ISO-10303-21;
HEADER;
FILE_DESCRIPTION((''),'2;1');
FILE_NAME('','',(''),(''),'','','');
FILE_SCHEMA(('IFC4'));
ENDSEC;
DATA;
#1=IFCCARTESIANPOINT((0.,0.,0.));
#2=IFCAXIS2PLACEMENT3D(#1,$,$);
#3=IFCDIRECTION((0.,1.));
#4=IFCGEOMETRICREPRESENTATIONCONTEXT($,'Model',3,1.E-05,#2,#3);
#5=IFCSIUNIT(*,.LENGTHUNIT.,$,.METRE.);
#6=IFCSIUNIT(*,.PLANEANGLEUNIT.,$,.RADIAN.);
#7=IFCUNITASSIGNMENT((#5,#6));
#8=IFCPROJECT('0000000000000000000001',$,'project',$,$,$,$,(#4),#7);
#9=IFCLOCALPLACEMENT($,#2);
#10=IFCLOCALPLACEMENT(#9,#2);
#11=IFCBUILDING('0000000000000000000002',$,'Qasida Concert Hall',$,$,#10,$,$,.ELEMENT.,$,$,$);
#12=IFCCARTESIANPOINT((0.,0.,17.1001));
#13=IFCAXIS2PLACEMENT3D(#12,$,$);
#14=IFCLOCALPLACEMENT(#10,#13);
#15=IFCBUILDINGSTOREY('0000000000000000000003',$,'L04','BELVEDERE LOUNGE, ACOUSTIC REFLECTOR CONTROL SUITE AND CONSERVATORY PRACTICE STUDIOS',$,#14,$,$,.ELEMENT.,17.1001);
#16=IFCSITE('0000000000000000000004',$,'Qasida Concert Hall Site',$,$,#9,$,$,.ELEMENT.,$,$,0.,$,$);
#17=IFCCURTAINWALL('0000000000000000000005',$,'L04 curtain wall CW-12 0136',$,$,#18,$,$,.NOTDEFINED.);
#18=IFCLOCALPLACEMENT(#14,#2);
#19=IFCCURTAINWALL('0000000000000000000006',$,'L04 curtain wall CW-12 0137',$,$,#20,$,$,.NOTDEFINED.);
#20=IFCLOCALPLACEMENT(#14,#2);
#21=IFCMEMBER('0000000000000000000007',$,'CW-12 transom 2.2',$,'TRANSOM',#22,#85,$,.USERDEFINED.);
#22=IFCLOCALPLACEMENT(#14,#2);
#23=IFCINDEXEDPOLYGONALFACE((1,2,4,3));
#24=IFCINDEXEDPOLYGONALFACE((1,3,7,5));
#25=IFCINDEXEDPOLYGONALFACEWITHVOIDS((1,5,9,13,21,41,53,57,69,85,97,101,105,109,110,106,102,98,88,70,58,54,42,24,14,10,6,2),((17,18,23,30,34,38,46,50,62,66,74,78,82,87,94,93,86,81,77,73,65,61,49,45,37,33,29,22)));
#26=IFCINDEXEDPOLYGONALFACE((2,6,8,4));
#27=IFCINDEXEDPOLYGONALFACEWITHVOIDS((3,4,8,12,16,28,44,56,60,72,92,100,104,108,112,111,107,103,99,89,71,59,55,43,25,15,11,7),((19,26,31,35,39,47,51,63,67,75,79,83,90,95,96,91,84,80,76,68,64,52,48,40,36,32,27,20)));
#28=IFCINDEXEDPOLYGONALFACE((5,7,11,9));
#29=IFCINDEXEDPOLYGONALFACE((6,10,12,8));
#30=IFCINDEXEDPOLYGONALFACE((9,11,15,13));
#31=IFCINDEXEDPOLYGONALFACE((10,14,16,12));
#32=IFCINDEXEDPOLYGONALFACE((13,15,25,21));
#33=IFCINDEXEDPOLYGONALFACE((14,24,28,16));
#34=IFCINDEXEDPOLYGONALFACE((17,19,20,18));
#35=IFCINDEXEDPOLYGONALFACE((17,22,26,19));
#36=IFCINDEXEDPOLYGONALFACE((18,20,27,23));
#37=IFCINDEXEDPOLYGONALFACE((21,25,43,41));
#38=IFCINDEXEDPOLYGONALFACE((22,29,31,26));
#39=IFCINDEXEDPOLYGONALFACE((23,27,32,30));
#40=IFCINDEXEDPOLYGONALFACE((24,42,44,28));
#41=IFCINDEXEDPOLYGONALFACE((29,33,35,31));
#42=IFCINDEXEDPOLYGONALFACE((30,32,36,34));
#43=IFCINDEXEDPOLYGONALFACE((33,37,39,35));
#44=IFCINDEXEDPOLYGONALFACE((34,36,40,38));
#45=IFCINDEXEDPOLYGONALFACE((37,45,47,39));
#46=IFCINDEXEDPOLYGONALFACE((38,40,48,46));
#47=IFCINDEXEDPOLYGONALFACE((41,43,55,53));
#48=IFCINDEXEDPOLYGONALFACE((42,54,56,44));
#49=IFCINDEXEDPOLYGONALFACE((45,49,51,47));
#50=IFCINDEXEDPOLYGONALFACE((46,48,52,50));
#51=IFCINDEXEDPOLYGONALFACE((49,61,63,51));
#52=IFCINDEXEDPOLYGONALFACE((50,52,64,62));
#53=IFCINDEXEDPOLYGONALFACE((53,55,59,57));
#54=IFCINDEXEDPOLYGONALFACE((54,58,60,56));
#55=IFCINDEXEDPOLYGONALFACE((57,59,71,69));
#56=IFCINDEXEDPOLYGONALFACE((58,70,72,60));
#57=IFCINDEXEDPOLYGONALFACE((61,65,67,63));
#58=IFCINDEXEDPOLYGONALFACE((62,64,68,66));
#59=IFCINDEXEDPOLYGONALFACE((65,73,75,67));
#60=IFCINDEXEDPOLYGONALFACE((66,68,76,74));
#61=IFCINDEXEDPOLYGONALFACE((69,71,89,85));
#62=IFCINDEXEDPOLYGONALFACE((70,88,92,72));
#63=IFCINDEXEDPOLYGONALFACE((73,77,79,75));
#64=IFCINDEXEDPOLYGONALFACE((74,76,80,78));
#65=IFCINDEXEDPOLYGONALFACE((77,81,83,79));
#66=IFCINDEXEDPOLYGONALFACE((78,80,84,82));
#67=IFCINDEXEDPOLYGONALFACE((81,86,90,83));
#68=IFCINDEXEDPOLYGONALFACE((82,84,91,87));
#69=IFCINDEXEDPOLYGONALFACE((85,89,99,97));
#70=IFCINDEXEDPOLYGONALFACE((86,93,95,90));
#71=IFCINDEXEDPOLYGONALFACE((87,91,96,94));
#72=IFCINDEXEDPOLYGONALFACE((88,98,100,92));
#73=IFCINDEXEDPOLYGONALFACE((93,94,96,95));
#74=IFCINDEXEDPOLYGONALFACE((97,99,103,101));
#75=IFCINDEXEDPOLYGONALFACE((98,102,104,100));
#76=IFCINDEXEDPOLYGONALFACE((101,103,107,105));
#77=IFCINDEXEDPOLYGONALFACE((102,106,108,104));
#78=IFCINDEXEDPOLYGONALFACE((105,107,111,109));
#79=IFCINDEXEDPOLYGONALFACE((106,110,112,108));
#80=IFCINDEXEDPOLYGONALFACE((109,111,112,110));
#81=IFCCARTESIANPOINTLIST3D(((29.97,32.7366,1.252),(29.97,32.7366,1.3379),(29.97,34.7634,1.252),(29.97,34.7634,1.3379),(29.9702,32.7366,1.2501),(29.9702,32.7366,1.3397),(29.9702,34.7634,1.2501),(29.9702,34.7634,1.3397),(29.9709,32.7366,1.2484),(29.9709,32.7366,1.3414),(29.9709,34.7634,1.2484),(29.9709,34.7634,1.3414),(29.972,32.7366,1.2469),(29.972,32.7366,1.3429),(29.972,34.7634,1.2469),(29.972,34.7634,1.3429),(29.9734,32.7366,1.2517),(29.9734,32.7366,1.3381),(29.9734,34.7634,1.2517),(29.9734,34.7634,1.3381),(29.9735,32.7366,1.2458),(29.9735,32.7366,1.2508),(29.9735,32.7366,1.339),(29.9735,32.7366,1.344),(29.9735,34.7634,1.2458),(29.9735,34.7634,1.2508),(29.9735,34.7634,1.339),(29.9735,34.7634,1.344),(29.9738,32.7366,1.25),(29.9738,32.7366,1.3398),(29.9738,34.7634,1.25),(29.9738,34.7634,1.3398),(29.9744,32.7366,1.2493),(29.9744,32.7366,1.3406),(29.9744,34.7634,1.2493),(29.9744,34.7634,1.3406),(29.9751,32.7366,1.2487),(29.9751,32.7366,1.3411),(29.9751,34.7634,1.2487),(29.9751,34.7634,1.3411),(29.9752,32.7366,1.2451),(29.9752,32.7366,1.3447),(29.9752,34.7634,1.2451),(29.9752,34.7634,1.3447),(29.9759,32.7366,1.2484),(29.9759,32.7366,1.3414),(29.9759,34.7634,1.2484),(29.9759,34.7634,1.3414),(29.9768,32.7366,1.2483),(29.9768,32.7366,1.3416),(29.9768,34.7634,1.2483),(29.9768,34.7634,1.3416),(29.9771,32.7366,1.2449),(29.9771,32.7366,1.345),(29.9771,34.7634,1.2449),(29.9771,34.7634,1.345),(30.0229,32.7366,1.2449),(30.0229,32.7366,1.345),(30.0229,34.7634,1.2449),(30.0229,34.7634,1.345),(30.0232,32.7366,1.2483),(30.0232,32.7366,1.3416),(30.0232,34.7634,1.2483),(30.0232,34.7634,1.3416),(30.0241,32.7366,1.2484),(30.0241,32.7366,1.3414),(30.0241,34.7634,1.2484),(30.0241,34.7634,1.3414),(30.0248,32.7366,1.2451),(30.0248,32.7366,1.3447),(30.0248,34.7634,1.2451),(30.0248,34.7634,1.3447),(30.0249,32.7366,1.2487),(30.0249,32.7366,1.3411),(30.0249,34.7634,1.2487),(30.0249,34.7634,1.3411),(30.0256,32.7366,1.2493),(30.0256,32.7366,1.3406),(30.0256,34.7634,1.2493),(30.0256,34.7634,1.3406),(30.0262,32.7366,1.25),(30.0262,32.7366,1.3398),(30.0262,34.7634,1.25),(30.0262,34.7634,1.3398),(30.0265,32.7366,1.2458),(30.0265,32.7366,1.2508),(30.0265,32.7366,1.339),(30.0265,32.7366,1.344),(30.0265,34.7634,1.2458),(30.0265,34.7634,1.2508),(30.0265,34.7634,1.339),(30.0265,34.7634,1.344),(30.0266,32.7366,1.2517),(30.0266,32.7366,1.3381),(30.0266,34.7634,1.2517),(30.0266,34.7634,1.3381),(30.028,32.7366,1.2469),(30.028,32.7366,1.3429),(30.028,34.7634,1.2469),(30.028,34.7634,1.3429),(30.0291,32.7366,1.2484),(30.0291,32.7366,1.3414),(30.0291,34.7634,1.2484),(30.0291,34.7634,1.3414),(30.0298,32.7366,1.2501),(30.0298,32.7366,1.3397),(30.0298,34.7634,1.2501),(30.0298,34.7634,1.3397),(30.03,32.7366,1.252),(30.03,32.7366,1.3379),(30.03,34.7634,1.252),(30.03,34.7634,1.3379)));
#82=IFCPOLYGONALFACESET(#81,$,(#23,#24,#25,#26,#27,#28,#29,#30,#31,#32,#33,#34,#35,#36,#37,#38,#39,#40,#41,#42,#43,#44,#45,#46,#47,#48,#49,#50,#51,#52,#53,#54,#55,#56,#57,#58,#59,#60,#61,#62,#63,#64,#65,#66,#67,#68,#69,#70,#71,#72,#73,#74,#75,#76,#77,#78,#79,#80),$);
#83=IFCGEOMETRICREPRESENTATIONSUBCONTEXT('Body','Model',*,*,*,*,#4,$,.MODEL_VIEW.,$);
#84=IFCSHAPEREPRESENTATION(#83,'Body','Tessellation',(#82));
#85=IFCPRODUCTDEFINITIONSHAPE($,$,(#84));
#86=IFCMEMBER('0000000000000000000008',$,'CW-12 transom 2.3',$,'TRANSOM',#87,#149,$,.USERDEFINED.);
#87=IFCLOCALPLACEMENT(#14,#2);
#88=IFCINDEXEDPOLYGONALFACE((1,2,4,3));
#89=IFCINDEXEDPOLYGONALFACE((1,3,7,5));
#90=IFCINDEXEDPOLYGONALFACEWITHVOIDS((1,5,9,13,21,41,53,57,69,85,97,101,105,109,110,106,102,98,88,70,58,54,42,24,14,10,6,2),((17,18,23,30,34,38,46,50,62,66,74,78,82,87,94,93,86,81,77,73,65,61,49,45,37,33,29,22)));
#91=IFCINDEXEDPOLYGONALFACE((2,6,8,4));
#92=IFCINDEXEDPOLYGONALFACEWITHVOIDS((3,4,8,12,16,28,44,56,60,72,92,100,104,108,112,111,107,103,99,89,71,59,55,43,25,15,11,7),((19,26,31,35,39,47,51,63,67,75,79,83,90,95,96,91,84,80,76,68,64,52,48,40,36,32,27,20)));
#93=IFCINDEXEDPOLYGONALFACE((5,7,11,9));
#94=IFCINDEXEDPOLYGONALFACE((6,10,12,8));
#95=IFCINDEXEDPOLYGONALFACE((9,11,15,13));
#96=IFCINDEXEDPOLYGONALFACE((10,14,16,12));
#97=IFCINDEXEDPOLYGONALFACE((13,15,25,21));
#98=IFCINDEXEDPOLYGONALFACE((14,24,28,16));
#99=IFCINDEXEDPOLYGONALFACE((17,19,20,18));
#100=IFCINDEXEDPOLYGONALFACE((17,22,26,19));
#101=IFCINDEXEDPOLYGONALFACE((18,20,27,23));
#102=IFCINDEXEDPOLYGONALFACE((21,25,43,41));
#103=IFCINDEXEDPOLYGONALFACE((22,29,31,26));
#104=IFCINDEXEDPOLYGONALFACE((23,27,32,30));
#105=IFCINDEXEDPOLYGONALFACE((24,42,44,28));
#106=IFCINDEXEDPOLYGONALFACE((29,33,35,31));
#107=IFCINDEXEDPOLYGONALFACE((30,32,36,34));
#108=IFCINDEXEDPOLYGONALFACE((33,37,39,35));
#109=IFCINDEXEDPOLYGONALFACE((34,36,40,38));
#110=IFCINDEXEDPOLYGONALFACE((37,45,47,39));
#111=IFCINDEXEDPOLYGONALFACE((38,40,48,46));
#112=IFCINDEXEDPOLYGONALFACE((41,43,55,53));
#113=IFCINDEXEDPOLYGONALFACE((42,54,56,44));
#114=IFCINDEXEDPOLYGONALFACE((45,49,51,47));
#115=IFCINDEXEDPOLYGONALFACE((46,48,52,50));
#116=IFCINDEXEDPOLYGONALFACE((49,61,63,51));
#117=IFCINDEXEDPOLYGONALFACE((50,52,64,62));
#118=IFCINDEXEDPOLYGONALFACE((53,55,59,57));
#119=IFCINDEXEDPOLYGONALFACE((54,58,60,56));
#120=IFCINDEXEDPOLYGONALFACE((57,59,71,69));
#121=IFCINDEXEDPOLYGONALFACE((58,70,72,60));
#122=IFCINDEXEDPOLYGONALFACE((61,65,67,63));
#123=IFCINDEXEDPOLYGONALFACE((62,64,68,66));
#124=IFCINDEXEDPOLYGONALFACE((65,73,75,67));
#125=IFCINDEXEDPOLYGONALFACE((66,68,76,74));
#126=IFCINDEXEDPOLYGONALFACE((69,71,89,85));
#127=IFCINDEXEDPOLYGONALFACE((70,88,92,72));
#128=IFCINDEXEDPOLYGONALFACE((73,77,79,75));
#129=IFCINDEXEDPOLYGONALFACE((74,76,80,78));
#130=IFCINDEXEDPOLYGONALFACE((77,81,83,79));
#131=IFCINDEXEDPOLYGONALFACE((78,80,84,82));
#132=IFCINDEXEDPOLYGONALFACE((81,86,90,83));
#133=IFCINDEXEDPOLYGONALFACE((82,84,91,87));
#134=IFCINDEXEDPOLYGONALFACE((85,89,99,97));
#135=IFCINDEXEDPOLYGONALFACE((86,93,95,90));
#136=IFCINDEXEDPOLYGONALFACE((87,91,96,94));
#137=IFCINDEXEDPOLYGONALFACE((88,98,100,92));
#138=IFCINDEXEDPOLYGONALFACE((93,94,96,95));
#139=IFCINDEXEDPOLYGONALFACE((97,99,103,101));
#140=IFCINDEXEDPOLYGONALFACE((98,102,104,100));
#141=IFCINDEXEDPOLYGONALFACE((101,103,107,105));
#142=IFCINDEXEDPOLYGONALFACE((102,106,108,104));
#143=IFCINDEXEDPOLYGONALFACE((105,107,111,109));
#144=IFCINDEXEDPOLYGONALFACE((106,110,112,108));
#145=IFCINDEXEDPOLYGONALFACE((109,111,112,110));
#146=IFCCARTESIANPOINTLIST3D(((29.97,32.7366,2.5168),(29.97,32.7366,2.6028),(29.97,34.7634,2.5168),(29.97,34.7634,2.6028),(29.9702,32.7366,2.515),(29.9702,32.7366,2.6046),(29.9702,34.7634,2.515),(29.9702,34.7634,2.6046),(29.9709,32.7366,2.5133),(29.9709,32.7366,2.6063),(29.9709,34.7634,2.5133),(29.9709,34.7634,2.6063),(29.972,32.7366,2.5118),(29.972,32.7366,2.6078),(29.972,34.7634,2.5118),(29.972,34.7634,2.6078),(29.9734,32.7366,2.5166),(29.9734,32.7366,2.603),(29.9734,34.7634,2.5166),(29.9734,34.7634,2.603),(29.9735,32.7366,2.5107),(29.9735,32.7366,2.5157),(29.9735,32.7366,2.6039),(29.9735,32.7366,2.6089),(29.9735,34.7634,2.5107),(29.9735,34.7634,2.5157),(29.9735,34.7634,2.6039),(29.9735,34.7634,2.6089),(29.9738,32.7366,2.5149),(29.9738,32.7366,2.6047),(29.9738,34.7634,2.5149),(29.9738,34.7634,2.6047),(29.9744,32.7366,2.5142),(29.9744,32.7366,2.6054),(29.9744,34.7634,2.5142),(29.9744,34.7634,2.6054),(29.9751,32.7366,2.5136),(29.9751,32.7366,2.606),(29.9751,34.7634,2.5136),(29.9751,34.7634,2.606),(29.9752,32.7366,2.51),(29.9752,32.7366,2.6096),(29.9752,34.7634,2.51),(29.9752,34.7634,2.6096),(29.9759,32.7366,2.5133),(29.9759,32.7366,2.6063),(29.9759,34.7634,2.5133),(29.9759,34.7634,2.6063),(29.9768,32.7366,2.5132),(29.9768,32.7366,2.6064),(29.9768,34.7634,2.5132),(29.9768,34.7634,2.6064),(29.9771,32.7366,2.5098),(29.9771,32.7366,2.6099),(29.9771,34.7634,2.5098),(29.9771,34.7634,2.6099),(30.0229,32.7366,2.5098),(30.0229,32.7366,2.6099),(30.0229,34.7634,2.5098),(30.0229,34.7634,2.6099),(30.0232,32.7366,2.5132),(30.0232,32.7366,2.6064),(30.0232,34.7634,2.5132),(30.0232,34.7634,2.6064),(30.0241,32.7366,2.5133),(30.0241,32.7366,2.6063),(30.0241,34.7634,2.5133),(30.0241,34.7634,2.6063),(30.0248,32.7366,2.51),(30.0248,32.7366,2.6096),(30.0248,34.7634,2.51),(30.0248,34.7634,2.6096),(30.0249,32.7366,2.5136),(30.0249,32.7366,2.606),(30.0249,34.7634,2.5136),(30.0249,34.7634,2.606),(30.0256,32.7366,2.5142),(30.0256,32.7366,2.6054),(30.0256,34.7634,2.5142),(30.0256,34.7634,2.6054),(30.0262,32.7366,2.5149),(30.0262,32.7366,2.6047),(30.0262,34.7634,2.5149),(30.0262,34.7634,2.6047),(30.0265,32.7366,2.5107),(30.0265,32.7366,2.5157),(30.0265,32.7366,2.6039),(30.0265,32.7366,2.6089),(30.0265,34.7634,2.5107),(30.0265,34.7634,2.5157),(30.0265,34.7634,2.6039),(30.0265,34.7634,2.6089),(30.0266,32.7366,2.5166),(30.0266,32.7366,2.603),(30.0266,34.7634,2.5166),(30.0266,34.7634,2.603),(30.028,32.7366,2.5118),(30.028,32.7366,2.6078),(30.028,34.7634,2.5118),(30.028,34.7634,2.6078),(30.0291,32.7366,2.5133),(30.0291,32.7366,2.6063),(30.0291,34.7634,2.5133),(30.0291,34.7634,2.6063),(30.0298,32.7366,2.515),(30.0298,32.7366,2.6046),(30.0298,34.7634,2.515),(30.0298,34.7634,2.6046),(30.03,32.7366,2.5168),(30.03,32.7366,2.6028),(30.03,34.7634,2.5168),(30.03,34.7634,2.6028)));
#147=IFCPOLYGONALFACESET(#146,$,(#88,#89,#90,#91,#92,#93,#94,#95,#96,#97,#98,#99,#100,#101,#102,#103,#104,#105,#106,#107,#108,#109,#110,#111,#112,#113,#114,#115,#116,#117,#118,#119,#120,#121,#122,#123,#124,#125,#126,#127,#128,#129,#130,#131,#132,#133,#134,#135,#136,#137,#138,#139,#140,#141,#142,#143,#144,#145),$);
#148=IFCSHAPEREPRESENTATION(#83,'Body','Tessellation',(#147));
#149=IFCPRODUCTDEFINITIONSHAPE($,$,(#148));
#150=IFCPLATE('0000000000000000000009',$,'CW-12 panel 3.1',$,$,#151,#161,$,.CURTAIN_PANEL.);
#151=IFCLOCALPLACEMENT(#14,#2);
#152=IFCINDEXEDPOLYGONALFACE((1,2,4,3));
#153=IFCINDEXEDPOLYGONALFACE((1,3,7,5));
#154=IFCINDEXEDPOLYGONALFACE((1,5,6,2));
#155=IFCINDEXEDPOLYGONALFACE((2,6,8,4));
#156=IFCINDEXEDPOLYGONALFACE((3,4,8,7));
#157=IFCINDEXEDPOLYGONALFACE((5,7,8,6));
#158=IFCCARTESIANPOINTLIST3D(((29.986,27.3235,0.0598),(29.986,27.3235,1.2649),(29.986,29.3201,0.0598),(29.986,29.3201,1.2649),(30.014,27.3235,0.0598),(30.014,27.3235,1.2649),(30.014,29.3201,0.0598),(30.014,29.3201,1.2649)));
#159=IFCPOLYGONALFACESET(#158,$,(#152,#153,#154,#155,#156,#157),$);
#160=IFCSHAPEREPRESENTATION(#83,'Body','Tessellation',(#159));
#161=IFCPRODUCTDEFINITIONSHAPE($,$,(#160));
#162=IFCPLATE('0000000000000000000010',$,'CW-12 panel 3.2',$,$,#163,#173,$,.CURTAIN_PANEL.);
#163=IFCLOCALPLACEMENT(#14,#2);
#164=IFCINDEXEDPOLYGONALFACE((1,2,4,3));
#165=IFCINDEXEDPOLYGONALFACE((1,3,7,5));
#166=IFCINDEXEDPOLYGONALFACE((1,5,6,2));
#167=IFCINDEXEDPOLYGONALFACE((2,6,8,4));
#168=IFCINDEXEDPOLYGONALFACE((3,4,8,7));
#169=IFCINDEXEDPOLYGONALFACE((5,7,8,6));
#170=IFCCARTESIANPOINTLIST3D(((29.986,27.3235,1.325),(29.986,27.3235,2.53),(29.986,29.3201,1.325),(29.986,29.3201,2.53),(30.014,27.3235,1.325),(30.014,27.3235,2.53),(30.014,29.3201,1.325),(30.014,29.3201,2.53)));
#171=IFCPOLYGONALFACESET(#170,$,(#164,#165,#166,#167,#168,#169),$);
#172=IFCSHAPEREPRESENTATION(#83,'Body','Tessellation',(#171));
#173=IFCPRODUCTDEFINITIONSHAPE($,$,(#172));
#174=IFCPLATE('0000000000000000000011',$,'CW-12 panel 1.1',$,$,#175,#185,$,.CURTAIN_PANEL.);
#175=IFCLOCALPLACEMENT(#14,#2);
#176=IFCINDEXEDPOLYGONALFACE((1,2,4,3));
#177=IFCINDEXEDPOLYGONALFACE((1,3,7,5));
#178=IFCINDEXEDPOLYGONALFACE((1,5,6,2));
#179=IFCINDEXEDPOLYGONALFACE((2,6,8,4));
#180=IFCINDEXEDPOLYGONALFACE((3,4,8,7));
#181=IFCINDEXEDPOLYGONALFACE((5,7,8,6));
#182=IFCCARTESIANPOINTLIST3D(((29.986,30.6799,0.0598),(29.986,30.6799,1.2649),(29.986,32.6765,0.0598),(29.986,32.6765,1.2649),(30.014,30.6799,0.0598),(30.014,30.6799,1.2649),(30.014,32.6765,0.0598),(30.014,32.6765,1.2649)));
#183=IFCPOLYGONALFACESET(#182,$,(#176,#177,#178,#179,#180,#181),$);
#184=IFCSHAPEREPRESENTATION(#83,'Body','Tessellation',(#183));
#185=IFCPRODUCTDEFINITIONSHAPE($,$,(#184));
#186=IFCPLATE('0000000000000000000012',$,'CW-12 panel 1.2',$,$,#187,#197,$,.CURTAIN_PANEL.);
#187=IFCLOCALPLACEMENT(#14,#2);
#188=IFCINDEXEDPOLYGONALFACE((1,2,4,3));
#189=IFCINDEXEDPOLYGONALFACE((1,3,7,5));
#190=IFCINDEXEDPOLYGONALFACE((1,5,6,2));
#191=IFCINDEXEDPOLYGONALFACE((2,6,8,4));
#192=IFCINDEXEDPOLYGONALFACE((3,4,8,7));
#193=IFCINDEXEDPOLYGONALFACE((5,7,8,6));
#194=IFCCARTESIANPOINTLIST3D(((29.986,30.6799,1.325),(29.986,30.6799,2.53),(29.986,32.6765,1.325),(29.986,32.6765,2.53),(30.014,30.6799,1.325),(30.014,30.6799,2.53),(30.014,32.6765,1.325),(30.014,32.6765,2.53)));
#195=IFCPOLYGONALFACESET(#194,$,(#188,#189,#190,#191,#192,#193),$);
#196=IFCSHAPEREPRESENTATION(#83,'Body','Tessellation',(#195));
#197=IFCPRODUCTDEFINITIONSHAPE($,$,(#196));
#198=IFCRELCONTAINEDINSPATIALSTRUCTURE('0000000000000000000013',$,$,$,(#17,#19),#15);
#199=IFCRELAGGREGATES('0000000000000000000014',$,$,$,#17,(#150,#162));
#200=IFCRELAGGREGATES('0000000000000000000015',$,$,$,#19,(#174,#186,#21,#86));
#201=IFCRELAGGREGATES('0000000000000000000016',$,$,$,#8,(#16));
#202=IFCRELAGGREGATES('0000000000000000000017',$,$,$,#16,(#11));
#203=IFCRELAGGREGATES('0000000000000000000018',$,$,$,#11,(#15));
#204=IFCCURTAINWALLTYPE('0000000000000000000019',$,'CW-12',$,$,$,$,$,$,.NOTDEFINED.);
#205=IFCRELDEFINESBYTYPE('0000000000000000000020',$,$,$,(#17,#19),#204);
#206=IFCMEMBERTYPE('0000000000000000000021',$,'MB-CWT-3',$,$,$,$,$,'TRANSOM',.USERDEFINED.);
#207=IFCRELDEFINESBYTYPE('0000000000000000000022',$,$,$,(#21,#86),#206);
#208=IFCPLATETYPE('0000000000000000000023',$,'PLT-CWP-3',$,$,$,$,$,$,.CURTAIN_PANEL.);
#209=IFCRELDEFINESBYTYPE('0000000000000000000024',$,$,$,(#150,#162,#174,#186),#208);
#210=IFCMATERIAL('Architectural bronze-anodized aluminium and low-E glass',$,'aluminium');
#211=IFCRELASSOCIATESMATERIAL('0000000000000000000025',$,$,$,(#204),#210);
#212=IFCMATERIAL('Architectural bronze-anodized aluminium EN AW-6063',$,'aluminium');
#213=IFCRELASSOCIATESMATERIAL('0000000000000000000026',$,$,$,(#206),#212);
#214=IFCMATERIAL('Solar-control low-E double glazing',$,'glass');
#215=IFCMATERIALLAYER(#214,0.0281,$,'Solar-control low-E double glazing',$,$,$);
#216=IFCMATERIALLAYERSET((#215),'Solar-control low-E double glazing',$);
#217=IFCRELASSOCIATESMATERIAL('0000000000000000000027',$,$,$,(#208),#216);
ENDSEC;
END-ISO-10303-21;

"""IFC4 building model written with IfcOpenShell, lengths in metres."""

from ifc_helpers import new_model, si_unit, direction, frame, origin, origin_2d, place, context, subcontext, project, spatial, rectangle, hollow_rectangle, extrude, material, layer, layer_set, material_profile, profile_set, type_object, element, aggregate, save


model = new_model("IFC4")

# Units and contexts
model_context = context("Model", 3, precision=1e-05, world=origin(), true_north=direction((0.0, 1.0)))
body_context = subcontext(model_context, "Body", "Model", "MODEL_VIEW")
ifc_project = project(units=[si_unit("LENGTHUNIT", "METRE"), si_unit("PLANEANGLEUNIT", "RADIAN")], contexts=[model_context])

# Site, building, storey
site_placement = place(None, origin())
site = spatial("IfcSite", under=ifc_project, at=site_placement, Name="Qasida Concert Hall Site", CompositionType="ELEMENT", RefElevation=0.0)
building_placement = place(site_placement, origin())
building = spatial("IfcBuilding", under=site, at=building_placement, Name="Qasida Concert Hall", CompositionType="ELEMENT")
storey_placement = place(building_placement, frame((0.0, 0.0, 17.1001)))
storey = spatial("IfcBuildingStorey", under=building, at=storey_placement, Name="L04", Description="BELVEDERE LOUNGE, ACOUSTIC REFLECTOR CONTROL SUITE AND CONSERVATORY PRACTICE STUDIOS", CompositionType="ELEMENT", Elevation=17.1001)

# Curtain walls
ifc_material_1 = material(Name="Architectural bronze-anodized aluminium and low-E glass", Category="aluminium")
curtain_wall_type = type_object("IfcCurtainWallType", Name="CW-12", PredefinedType="NOTDEFINED", material=ifc_material_1)
curtain_wall_1_placement = place(storey_placement, origin())
curtain_wall_1 = element("IfcCurtainWall", 1, at=curtain_wall_1_placement, inside=storey, type_object=curtain_wall_type, Name="L04 curtain wall CW-12 0136", PredefinedType="NOTDEFINED")
ifc_material_2 = material(Name="Architectural bronze-anodized aluminium EN AW-6063", Category="aluminium")
curtain_wall_2_placement = place(storey_placement, origin())
curtain_wall_2 = element("IfcCurtainWall", 2, at=curtain_wall_2_placement, inside=storey, type_object=curtain_wall_type, Name="L04 curtain wall CW-12 0137", PredefinedType="NOTDEFINED")

# Members
ifc_material_profile_1 = material_profile(ifc_material_2, hollow_rectangle(XDim=0.0601, YDim=0.1001, WallThickness=0.0034, InnerFilletRadius=0.0034, OuterFilletRadius=0.0071, at=origin_2d()), Name="CWT 100x60x3.5")
ifc_profile_set_1 = profile_set([ifc_material_profile_1], Name="Architectural bronze-anodized aluminium EN AW-6063")
member_type_1 = type_object("IfcMemberType", Name="MB-CWT-3", ElementType="TRANSOM", PredefinedType="USERDEFINED", material=ifc_profile_set_1)
member_1_placement = place(storey_placement, frame((30.0, 32.7366, 1.2949), z_axis=(0.0, 1.0, 0.0), x_axis=(-1.0, 0.0, 0.0)))
member_1 = element("IfcMember", 3, at=member_1_placement, type_object=member_type_1, Name="CW-12 transom 2.2", ObjectType="TRANSOM", PredefinedType="USERDEFINED", context=body_context, shape_type="SweptSolid", body=[
    extrude(hollow_rectangle(XDim=0.0601, YDim=0.1001, WallThickness=0.0034, InnerFilletRadius=0.0034, OuterFilletRadius=0.0071, at=origin_2d()), origin(), (0.0, 0.0, 1.0), 2.0269),
])
member_2_placement = place(storey_placement, frame((30.0, 32.7366, 2.5598), z_axis=(0.0, 1.0, 0.0), x_axis=(-1.0, 0.0, 0.0)))
member_2 = element("IfcMember", 4, at=member_2_placement, type_object=member_type_1, Name="CW-12 transom 2.3", ObjectType="TRANSOM", PredefinedType="USERDEFINED", context=body_context, shape_type="SweptSolid", body=[
    extrude(hollow_rectangle(XDim=0.0601, YDim=0.1001, WallThickness=0.0034, InnerFilletRadius=0.0034, OuterFilletRadius=0.0071, at=origin_2d()), origin(), (0.0, 0.0, 1.0), 2.0269),
])

# Plates
ifc_material_3 = material(Name="Solar-control low-E double glazing", Category="glass")
ifc_layer = layer(ifc_material_3, 0.0281, Name="Solar-control low-E double glazing")
ifc_layer_set = layer_set([ifc_layer], Name="Solar-control low-E double glazing")
plate_type = type_object("IfcPlateType", Name="PLT-CWP-3", PredefinedType="CURTAIN_PANEL", material=ifc_layer_set)
plate_1_placement = place(storey_placement, frame((30.0, 28.3218, 0.0598), z_axis=(0.0, 0.0, 1.0), x_axis=(0.0, 1.0, 0.0)))
plate_1 = element("IfcPlate", 5, at=plate_1_placement, type_object=plate_type, Name="CW-12 panel 3.1", PredefinedType="CURTAIN_PANEL", context=body_context, shape_type="SweptSolid", body=[
    extrude(rectangle(XDim=1.9966, YDim=0.0281, at=origin_2d()), origin(), (0.0, 0.0, 1.0), 1.2051),
])
plate_2_placement = place(storey_placement, frame((30.0, 28.3218, 1.325), z_axis=(0.0, 0.0, 1.0), x_axis=(0.0, 1.0, 0.0)))
plate_2 = element("IfcPlate", 6, at=plate_2_placement, type_object=plate_type, Name="CW-12 panel 3.2", PredefinedType="CURTAIN_PANEL", context=body_context, shape_type="SweptSolid", body=[
    extrude(rectangle(XDim=1.9966, YDim=0.0281, at=origin_2d()), origin(), (0.0, 0.0, 1.0), 1.2051),
])
aggregate(curtain_wall_1, [plate_1, plate_2])
plate_3_placement = place(storey_placement, frame((30.0, 31.6782, 0.0598), z_axis=(0.0, 0.0, 1.0), x_axis=(0.0, 1.0, 0.0)))
plate_3 = element("IfcPlate", 7, at=plate_3_placement, type_object=plate_type, Name="CW-12 panel 1.1", PredefinedType="CURTAIN_PANEL", context=body_context, shape_type="SweptSolid", body=[
    extrude(rectangle(XDim=1.9966, YDim=0.0281, at=origin_2d()), origin(), (0.0, 0.0, 1.0), 1.2051),
])
plate_4_placement = place(storey_placement, frame((30.0, 31.6782, 1.325), z_axis=(0.0, 0.0, 1.0), x_axis=(0.0, 1.0, 0.0)))
plate_4 = element("IfcPlate", 8, at=plate_4_placement, type_object=plate_type, Name="CW-12 panel 1.2", PredefinedType="CURTAIN_PANEL", context=body_context, shape_type="SweptSolid", body=[
    extrude(rectangle(XDim=1.9966, YDim=0.0281, at=origin_2d()), origin(), (0.0, 0.0, 1.0), 1.2051),
])
aggregate(curtain_wall_2, [plate_3, plate_4, member_1, member_2])

save(model, "model.ifc")
